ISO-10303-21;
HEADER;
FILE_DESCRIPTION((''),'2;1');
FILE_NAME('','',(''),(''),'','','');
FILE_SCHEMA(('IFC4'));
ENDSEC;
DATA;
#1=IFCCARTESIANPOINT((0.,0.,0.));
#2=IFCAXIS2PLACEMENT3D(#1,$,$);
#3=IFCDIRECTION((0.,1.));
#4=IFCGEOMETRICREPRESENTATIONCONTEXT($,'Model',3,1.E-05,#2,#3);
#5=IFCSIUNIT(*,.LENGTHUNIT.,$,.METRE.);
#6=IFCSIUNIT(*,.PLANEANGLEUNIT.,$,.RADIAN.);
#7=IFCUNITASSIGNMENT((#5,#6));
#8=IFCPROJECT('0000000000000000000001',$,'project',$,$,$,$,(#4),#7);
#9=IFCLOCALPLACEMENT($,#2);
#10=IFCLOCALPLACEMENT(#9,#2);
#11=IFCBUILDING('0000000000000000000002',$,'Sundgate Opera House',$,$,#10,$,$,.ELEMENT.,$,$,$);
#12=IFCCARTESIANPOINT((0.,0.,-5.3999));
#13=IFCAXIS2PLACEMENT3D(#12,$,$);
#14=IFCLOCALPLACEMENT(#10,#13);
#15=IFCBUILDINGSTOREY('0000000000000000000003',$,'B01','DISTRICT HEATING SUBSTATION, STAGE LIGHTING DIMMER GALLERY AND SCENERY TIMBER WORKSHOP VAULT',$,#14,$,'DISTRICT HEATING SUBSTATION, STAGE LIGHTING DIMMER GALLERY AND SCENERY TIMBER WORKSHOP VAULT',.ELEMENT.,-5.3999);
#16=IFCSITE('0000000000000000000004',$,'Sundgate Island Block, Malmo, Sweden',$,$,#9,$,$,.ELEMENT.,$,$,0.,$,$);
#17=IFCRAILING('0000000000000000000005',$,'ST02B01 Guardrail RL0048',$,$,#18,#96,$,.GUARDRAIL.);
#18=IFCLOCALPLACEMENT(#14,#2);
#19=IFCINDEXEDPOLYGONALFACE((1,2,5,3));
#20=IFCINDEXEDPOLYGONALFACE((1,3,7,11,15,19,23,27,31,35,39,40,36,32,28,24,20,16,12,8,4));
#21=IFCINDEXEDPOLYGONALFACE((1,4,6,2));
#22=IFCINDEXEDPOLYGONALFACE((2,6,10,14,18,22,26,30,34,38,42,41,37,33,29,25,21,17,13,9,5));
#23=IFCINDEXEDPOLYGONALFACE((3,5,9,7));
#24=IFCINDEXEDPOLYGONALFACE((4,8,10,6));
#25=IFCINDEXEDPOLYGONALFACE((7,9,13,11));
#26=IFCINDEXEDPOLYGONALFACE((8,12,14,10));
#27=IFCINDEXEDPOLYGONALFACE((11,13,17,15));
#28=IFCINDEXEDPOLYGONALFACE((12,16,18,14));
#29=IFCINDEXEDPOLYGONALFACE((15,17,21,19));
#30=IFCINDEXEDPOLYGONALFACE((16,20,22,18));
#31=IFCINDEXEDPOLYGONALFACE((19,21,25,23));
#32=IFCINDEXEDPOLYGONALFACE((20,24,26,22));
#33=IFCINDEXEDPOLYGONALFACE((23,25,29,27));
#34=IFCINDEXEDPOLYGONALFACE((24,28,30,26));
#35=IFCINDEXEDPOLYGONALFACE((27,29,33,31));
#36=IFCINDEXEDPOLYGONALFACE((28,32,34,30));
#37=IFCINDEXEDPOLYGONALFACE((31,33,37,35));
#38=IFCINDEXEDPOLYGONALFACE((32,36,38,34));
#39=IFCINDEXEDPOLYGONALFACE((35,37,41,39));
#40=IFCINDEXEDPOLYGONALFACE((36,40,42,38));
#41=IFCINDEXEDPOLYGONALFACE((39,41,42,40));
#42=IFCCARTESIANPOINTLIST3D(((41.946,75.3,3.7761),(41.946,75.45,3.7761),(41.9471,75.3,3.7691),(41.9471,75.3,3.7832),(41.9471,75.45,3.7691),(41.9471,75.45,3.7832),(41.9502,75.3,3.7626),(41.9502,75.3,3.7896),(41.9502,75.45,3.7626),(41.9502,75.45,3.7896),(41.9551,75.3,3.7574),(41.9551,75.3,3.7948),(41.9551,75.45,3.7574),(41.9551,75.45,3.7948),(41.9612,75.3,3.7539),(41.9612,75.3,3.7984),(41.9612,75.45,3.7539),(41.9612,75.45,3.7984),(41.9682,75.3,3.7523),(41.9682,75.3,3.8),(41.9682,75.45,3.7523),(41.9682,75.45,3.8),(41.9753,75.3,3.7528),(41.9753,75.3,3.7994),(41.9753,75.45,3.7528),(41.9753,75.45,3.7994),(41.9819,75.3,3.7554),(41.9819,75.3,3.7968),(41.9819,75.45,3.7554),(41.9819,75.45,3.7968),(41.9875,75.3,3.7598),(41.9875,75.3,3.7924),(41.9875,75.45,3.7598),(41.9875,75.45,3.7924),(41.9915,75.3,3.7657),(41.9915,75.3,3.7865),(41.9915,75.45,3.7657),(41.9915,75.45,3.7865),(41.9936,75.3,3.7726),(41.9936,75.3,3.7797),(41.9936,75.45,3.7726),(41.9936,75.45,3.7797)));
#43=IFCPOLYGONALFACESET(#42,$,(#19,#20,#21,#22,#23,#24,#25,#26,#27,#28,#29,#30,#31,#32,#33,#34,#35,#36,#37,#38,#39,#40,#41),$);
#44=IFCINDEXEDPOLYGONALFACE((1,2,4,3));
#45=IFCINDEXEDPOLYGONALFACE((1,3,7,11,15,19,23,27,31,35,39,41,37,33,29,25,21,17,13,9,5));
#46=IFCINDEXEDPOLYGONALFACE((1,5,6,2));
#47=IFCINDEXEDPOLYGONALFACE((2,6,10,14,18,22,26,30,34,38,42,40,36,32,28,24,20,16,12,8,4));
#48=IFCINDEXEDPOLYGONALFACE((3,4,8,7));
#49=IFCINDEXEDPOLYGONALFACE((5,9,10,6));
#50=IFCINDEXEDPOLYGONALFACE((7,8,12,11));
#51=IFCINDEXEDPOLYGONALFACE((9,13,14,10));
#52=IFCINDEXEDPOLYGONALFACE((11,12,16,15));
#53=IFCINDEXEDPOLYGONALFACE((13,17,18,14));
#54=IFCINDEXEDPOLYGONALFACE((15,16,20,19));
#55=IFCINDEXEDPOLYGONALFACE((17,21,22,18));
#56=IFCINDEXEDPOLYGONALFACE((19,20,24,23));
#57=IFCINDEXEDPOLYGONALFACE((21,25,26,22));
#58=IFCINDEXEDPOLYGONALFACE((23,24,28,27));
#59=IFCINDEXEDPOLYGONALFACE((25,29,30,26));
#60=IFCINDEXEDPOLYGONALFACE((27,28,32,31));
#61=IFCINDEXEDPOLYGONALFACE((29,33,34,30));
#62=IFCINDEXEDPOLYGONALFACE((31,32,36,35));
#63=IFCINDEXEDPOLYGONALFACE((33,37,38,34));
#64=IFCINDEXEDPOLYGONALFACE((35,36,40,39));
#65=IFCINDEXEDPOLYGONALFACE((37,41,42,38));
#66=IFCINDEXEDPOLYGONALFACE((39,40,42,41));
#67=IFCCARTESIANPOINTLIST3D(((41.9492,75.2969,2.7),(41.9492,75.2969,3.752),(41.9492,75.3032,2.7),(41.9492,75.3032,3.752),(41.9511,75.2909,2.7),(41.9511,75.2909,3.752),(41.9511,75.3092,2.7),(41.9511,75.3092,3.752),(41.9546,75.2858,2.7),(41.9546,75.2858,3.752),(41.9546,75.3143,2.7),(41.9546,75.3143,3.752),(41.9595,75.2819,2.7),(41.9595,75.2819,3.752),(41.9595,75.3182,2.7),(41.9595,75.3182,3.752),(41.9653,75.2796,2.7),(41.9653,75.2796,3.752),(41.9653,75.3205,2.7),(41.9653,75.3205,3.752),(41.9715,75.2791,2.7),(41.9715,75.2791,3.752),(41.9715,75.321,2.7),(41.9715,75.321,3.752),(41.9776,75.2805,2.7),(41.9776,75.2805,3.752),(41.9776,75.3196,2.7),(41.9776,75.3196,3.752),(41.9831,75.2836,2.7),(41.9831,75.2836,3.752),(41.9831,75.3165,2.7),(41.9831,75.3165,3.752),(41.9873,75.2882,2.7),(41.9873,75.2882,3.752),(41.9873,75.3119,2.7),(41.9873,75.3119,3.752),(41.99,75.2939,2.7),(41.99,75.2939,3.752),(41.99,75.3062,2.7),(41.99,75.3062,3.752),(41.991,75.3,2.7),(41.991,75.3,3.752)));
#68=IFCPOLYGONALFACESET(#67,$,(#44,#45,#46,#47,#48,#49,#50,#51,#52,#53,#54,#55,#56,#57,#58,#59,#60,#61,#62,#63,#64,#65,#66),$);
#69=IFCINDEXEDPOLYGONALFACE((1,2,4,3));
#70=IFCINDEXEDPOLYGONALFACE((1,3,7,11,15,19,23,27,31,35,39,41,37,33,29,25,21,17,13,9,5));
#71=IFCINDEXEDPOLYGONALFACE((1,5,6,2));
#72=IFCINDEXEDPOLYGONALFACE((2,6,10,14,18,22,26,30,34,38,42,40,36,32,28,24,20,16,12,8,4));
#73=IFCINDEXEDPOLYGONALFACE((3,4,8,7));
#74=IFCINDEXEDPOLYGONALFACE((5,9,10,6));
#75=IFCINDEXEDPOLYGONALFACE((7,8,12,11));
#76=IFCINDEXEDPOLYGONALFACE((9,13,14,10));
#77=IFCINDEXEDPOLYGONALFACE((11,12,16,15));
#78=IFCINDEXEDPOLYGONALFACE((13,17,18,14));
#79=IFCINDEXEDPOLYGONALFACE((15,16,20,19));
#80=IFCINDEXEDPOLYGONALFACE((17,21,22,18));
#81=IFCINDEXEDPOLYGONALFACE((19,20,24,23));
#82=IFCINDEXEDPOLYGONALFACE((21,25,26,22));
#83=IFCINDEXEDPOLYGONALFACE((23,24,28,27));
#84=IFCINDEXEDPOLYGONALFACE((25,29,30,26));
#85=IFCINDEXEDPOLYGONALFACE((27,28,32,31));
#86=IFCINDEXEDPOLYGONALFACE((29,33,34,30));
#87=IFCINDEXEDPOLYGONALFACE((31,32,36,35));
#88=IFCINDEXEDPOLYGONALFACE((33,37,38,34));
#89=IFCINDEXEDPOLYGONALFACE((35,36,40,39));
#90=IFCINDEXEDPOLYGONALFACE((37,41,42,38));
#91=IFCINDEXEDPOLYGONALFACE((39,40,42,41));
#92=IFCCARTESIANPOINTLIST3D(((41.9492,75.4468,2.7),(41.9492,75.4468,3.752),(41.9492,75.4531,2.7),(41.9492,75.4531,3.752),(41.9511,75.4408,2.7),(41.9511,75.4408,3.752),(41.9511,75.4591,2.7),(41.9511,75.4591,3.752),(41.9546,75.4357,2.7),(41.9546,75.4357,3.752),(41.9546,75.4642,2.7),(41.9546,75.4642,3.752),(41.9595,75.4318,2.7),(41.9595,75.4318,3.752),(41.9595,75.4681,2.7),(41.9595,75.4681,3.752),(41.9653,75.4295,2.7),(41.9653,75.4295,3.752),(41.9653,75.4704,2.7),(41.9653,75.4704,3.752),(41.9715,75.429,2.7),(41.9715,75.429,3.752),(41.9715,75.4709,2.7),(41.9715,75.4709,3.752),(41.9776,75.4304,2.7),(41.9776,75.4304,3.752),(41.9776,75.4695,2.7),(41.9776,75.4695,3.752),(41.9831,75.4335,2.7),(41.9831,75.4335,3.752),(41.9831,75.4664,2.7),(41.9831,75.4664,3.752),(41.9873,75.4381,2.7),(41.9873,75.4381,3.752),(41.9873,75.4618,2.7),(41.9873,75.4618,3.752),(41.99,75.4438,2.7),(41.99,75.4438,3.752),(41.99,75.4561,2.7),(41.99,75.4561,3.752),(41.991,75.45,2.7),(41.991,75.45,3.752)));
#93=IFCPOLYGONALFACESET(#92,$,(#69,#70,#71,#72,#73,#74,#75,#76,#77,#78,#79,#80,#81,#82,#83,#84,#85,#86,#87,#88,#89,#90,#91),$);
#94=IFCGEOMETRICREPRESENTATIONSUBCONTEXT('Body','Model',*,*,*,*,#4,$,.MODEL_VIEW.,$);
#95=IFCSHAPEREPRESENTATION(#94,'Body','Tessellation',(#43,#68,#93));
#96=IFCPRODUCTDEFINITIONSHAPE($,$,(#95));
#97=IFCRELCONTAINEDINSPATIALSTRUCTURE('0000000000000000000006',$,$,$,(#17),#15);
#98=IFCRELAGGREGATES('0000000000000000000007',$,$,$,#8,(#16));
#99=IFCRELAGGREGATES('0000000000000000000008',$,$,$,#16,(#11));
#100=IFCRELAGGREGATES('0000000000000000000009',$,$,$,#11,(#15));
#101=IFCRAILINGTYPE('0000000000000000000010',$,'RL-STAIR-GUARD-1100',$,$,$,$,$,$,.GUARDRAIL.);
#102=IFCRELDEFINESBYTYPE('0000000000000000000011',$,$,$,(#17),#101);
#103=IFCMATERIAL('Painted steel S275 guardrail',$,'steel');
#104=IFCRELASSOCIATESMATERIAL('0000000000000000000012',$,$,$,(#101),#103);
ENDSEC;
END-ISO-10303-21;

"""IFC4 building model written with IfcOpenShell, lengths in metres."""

from ifc_helpers import new_model, si_unit, direction, frame, origin, origin_2d, place, context, subcontext, project, spatial, circle, extrude, material, type_object, element, save


model = new_model("IFC4")

# Units and contexts
model_context = context("Model", 3, precision=1e-05, world=origin(), true_north=direction((0.0, 1.0)))
body_context = subcontext(model_context, "Body", "Model", "MODEL_VIEW")
ifc_project = project(units=[si_unit("LENGTHUNIT", "METRE"), si_unit("PLANEANGLEUNIT", "RADIAN")], contexts=[model_context])

# Site, building, storey
site_placement = place(None, origin())
site = spatial("IfcSite", under=ifc_project, at=site_placement, Name="Sundgate Island Block, Malmo, Sweden", CompositionType="ELEMENT", RefElevation=0.0)
building_placement = place(site_placement, origin())
building = spatial("IfcBuilding", under=site, at=building_placement, Name="Sundgate Opera House", CompositionType="ELEMENT")
storey_placement = place(building_placement, frame((0.0, 0.0, -5.3999)))
storey = spatial("IfcBuildingStorey", under=building, at=storey_placement, Name="B01", Description="DISTRICT HEATING SUBSTATION, STAGE LIGHTING DIMMER GALLERY AND SCENERY TIMBER WORKSHOP VAULT", LongName="DISTRICT HEATING SUBSTATION, STAGE LIGHTING DIMMER GALLERY AND SCENERY TIMBER WORKSHOP VAULT", CompositionType="ELEMENT", Elevation=-5.3999)

# Railing
ifc_material_1 = material(Name="Painted steel S275 guardrail", Category="steel")
railing_type = type_object("IfcRailingType", Name="RL-STAIR-GUARD-1100", PredefinedType="GUARDRAIL", material=ifc_material_1)
railing_1_placement = place(storey_placement, frame((41.97, 75.3, 2.7)))
element("IfcRailing", 1, at=railing_1_placement, inside=storey, type_object=railing_type, Name="ST02B01 Guardrail RL0048", PredefinedType="GUARDRAIL", context=body_context, shape_type="SweptSolid", body=[
    extrude(circle(Radius=0.0239, at=origin_2d()), frame((0.0, 0.0, 1.0762), z_axis=(0.0, 1.0, 0.0), x_axis=(-1.0, 0.0, 0.0)), (0.0, 0.0, 1.0), 0.1499),
    extrude(circle(Radius=0.021, at=origin_2d()), origin(), (0.0, 0.0, 1.0), 1.052),
    extrude(circle(Radius=0.021, at=origin_2d()), frame((0.0, 0.1499, 0.0)), (0.0, 0.0, 1.0), 1.052),
])

save(model, "model.ifc")
